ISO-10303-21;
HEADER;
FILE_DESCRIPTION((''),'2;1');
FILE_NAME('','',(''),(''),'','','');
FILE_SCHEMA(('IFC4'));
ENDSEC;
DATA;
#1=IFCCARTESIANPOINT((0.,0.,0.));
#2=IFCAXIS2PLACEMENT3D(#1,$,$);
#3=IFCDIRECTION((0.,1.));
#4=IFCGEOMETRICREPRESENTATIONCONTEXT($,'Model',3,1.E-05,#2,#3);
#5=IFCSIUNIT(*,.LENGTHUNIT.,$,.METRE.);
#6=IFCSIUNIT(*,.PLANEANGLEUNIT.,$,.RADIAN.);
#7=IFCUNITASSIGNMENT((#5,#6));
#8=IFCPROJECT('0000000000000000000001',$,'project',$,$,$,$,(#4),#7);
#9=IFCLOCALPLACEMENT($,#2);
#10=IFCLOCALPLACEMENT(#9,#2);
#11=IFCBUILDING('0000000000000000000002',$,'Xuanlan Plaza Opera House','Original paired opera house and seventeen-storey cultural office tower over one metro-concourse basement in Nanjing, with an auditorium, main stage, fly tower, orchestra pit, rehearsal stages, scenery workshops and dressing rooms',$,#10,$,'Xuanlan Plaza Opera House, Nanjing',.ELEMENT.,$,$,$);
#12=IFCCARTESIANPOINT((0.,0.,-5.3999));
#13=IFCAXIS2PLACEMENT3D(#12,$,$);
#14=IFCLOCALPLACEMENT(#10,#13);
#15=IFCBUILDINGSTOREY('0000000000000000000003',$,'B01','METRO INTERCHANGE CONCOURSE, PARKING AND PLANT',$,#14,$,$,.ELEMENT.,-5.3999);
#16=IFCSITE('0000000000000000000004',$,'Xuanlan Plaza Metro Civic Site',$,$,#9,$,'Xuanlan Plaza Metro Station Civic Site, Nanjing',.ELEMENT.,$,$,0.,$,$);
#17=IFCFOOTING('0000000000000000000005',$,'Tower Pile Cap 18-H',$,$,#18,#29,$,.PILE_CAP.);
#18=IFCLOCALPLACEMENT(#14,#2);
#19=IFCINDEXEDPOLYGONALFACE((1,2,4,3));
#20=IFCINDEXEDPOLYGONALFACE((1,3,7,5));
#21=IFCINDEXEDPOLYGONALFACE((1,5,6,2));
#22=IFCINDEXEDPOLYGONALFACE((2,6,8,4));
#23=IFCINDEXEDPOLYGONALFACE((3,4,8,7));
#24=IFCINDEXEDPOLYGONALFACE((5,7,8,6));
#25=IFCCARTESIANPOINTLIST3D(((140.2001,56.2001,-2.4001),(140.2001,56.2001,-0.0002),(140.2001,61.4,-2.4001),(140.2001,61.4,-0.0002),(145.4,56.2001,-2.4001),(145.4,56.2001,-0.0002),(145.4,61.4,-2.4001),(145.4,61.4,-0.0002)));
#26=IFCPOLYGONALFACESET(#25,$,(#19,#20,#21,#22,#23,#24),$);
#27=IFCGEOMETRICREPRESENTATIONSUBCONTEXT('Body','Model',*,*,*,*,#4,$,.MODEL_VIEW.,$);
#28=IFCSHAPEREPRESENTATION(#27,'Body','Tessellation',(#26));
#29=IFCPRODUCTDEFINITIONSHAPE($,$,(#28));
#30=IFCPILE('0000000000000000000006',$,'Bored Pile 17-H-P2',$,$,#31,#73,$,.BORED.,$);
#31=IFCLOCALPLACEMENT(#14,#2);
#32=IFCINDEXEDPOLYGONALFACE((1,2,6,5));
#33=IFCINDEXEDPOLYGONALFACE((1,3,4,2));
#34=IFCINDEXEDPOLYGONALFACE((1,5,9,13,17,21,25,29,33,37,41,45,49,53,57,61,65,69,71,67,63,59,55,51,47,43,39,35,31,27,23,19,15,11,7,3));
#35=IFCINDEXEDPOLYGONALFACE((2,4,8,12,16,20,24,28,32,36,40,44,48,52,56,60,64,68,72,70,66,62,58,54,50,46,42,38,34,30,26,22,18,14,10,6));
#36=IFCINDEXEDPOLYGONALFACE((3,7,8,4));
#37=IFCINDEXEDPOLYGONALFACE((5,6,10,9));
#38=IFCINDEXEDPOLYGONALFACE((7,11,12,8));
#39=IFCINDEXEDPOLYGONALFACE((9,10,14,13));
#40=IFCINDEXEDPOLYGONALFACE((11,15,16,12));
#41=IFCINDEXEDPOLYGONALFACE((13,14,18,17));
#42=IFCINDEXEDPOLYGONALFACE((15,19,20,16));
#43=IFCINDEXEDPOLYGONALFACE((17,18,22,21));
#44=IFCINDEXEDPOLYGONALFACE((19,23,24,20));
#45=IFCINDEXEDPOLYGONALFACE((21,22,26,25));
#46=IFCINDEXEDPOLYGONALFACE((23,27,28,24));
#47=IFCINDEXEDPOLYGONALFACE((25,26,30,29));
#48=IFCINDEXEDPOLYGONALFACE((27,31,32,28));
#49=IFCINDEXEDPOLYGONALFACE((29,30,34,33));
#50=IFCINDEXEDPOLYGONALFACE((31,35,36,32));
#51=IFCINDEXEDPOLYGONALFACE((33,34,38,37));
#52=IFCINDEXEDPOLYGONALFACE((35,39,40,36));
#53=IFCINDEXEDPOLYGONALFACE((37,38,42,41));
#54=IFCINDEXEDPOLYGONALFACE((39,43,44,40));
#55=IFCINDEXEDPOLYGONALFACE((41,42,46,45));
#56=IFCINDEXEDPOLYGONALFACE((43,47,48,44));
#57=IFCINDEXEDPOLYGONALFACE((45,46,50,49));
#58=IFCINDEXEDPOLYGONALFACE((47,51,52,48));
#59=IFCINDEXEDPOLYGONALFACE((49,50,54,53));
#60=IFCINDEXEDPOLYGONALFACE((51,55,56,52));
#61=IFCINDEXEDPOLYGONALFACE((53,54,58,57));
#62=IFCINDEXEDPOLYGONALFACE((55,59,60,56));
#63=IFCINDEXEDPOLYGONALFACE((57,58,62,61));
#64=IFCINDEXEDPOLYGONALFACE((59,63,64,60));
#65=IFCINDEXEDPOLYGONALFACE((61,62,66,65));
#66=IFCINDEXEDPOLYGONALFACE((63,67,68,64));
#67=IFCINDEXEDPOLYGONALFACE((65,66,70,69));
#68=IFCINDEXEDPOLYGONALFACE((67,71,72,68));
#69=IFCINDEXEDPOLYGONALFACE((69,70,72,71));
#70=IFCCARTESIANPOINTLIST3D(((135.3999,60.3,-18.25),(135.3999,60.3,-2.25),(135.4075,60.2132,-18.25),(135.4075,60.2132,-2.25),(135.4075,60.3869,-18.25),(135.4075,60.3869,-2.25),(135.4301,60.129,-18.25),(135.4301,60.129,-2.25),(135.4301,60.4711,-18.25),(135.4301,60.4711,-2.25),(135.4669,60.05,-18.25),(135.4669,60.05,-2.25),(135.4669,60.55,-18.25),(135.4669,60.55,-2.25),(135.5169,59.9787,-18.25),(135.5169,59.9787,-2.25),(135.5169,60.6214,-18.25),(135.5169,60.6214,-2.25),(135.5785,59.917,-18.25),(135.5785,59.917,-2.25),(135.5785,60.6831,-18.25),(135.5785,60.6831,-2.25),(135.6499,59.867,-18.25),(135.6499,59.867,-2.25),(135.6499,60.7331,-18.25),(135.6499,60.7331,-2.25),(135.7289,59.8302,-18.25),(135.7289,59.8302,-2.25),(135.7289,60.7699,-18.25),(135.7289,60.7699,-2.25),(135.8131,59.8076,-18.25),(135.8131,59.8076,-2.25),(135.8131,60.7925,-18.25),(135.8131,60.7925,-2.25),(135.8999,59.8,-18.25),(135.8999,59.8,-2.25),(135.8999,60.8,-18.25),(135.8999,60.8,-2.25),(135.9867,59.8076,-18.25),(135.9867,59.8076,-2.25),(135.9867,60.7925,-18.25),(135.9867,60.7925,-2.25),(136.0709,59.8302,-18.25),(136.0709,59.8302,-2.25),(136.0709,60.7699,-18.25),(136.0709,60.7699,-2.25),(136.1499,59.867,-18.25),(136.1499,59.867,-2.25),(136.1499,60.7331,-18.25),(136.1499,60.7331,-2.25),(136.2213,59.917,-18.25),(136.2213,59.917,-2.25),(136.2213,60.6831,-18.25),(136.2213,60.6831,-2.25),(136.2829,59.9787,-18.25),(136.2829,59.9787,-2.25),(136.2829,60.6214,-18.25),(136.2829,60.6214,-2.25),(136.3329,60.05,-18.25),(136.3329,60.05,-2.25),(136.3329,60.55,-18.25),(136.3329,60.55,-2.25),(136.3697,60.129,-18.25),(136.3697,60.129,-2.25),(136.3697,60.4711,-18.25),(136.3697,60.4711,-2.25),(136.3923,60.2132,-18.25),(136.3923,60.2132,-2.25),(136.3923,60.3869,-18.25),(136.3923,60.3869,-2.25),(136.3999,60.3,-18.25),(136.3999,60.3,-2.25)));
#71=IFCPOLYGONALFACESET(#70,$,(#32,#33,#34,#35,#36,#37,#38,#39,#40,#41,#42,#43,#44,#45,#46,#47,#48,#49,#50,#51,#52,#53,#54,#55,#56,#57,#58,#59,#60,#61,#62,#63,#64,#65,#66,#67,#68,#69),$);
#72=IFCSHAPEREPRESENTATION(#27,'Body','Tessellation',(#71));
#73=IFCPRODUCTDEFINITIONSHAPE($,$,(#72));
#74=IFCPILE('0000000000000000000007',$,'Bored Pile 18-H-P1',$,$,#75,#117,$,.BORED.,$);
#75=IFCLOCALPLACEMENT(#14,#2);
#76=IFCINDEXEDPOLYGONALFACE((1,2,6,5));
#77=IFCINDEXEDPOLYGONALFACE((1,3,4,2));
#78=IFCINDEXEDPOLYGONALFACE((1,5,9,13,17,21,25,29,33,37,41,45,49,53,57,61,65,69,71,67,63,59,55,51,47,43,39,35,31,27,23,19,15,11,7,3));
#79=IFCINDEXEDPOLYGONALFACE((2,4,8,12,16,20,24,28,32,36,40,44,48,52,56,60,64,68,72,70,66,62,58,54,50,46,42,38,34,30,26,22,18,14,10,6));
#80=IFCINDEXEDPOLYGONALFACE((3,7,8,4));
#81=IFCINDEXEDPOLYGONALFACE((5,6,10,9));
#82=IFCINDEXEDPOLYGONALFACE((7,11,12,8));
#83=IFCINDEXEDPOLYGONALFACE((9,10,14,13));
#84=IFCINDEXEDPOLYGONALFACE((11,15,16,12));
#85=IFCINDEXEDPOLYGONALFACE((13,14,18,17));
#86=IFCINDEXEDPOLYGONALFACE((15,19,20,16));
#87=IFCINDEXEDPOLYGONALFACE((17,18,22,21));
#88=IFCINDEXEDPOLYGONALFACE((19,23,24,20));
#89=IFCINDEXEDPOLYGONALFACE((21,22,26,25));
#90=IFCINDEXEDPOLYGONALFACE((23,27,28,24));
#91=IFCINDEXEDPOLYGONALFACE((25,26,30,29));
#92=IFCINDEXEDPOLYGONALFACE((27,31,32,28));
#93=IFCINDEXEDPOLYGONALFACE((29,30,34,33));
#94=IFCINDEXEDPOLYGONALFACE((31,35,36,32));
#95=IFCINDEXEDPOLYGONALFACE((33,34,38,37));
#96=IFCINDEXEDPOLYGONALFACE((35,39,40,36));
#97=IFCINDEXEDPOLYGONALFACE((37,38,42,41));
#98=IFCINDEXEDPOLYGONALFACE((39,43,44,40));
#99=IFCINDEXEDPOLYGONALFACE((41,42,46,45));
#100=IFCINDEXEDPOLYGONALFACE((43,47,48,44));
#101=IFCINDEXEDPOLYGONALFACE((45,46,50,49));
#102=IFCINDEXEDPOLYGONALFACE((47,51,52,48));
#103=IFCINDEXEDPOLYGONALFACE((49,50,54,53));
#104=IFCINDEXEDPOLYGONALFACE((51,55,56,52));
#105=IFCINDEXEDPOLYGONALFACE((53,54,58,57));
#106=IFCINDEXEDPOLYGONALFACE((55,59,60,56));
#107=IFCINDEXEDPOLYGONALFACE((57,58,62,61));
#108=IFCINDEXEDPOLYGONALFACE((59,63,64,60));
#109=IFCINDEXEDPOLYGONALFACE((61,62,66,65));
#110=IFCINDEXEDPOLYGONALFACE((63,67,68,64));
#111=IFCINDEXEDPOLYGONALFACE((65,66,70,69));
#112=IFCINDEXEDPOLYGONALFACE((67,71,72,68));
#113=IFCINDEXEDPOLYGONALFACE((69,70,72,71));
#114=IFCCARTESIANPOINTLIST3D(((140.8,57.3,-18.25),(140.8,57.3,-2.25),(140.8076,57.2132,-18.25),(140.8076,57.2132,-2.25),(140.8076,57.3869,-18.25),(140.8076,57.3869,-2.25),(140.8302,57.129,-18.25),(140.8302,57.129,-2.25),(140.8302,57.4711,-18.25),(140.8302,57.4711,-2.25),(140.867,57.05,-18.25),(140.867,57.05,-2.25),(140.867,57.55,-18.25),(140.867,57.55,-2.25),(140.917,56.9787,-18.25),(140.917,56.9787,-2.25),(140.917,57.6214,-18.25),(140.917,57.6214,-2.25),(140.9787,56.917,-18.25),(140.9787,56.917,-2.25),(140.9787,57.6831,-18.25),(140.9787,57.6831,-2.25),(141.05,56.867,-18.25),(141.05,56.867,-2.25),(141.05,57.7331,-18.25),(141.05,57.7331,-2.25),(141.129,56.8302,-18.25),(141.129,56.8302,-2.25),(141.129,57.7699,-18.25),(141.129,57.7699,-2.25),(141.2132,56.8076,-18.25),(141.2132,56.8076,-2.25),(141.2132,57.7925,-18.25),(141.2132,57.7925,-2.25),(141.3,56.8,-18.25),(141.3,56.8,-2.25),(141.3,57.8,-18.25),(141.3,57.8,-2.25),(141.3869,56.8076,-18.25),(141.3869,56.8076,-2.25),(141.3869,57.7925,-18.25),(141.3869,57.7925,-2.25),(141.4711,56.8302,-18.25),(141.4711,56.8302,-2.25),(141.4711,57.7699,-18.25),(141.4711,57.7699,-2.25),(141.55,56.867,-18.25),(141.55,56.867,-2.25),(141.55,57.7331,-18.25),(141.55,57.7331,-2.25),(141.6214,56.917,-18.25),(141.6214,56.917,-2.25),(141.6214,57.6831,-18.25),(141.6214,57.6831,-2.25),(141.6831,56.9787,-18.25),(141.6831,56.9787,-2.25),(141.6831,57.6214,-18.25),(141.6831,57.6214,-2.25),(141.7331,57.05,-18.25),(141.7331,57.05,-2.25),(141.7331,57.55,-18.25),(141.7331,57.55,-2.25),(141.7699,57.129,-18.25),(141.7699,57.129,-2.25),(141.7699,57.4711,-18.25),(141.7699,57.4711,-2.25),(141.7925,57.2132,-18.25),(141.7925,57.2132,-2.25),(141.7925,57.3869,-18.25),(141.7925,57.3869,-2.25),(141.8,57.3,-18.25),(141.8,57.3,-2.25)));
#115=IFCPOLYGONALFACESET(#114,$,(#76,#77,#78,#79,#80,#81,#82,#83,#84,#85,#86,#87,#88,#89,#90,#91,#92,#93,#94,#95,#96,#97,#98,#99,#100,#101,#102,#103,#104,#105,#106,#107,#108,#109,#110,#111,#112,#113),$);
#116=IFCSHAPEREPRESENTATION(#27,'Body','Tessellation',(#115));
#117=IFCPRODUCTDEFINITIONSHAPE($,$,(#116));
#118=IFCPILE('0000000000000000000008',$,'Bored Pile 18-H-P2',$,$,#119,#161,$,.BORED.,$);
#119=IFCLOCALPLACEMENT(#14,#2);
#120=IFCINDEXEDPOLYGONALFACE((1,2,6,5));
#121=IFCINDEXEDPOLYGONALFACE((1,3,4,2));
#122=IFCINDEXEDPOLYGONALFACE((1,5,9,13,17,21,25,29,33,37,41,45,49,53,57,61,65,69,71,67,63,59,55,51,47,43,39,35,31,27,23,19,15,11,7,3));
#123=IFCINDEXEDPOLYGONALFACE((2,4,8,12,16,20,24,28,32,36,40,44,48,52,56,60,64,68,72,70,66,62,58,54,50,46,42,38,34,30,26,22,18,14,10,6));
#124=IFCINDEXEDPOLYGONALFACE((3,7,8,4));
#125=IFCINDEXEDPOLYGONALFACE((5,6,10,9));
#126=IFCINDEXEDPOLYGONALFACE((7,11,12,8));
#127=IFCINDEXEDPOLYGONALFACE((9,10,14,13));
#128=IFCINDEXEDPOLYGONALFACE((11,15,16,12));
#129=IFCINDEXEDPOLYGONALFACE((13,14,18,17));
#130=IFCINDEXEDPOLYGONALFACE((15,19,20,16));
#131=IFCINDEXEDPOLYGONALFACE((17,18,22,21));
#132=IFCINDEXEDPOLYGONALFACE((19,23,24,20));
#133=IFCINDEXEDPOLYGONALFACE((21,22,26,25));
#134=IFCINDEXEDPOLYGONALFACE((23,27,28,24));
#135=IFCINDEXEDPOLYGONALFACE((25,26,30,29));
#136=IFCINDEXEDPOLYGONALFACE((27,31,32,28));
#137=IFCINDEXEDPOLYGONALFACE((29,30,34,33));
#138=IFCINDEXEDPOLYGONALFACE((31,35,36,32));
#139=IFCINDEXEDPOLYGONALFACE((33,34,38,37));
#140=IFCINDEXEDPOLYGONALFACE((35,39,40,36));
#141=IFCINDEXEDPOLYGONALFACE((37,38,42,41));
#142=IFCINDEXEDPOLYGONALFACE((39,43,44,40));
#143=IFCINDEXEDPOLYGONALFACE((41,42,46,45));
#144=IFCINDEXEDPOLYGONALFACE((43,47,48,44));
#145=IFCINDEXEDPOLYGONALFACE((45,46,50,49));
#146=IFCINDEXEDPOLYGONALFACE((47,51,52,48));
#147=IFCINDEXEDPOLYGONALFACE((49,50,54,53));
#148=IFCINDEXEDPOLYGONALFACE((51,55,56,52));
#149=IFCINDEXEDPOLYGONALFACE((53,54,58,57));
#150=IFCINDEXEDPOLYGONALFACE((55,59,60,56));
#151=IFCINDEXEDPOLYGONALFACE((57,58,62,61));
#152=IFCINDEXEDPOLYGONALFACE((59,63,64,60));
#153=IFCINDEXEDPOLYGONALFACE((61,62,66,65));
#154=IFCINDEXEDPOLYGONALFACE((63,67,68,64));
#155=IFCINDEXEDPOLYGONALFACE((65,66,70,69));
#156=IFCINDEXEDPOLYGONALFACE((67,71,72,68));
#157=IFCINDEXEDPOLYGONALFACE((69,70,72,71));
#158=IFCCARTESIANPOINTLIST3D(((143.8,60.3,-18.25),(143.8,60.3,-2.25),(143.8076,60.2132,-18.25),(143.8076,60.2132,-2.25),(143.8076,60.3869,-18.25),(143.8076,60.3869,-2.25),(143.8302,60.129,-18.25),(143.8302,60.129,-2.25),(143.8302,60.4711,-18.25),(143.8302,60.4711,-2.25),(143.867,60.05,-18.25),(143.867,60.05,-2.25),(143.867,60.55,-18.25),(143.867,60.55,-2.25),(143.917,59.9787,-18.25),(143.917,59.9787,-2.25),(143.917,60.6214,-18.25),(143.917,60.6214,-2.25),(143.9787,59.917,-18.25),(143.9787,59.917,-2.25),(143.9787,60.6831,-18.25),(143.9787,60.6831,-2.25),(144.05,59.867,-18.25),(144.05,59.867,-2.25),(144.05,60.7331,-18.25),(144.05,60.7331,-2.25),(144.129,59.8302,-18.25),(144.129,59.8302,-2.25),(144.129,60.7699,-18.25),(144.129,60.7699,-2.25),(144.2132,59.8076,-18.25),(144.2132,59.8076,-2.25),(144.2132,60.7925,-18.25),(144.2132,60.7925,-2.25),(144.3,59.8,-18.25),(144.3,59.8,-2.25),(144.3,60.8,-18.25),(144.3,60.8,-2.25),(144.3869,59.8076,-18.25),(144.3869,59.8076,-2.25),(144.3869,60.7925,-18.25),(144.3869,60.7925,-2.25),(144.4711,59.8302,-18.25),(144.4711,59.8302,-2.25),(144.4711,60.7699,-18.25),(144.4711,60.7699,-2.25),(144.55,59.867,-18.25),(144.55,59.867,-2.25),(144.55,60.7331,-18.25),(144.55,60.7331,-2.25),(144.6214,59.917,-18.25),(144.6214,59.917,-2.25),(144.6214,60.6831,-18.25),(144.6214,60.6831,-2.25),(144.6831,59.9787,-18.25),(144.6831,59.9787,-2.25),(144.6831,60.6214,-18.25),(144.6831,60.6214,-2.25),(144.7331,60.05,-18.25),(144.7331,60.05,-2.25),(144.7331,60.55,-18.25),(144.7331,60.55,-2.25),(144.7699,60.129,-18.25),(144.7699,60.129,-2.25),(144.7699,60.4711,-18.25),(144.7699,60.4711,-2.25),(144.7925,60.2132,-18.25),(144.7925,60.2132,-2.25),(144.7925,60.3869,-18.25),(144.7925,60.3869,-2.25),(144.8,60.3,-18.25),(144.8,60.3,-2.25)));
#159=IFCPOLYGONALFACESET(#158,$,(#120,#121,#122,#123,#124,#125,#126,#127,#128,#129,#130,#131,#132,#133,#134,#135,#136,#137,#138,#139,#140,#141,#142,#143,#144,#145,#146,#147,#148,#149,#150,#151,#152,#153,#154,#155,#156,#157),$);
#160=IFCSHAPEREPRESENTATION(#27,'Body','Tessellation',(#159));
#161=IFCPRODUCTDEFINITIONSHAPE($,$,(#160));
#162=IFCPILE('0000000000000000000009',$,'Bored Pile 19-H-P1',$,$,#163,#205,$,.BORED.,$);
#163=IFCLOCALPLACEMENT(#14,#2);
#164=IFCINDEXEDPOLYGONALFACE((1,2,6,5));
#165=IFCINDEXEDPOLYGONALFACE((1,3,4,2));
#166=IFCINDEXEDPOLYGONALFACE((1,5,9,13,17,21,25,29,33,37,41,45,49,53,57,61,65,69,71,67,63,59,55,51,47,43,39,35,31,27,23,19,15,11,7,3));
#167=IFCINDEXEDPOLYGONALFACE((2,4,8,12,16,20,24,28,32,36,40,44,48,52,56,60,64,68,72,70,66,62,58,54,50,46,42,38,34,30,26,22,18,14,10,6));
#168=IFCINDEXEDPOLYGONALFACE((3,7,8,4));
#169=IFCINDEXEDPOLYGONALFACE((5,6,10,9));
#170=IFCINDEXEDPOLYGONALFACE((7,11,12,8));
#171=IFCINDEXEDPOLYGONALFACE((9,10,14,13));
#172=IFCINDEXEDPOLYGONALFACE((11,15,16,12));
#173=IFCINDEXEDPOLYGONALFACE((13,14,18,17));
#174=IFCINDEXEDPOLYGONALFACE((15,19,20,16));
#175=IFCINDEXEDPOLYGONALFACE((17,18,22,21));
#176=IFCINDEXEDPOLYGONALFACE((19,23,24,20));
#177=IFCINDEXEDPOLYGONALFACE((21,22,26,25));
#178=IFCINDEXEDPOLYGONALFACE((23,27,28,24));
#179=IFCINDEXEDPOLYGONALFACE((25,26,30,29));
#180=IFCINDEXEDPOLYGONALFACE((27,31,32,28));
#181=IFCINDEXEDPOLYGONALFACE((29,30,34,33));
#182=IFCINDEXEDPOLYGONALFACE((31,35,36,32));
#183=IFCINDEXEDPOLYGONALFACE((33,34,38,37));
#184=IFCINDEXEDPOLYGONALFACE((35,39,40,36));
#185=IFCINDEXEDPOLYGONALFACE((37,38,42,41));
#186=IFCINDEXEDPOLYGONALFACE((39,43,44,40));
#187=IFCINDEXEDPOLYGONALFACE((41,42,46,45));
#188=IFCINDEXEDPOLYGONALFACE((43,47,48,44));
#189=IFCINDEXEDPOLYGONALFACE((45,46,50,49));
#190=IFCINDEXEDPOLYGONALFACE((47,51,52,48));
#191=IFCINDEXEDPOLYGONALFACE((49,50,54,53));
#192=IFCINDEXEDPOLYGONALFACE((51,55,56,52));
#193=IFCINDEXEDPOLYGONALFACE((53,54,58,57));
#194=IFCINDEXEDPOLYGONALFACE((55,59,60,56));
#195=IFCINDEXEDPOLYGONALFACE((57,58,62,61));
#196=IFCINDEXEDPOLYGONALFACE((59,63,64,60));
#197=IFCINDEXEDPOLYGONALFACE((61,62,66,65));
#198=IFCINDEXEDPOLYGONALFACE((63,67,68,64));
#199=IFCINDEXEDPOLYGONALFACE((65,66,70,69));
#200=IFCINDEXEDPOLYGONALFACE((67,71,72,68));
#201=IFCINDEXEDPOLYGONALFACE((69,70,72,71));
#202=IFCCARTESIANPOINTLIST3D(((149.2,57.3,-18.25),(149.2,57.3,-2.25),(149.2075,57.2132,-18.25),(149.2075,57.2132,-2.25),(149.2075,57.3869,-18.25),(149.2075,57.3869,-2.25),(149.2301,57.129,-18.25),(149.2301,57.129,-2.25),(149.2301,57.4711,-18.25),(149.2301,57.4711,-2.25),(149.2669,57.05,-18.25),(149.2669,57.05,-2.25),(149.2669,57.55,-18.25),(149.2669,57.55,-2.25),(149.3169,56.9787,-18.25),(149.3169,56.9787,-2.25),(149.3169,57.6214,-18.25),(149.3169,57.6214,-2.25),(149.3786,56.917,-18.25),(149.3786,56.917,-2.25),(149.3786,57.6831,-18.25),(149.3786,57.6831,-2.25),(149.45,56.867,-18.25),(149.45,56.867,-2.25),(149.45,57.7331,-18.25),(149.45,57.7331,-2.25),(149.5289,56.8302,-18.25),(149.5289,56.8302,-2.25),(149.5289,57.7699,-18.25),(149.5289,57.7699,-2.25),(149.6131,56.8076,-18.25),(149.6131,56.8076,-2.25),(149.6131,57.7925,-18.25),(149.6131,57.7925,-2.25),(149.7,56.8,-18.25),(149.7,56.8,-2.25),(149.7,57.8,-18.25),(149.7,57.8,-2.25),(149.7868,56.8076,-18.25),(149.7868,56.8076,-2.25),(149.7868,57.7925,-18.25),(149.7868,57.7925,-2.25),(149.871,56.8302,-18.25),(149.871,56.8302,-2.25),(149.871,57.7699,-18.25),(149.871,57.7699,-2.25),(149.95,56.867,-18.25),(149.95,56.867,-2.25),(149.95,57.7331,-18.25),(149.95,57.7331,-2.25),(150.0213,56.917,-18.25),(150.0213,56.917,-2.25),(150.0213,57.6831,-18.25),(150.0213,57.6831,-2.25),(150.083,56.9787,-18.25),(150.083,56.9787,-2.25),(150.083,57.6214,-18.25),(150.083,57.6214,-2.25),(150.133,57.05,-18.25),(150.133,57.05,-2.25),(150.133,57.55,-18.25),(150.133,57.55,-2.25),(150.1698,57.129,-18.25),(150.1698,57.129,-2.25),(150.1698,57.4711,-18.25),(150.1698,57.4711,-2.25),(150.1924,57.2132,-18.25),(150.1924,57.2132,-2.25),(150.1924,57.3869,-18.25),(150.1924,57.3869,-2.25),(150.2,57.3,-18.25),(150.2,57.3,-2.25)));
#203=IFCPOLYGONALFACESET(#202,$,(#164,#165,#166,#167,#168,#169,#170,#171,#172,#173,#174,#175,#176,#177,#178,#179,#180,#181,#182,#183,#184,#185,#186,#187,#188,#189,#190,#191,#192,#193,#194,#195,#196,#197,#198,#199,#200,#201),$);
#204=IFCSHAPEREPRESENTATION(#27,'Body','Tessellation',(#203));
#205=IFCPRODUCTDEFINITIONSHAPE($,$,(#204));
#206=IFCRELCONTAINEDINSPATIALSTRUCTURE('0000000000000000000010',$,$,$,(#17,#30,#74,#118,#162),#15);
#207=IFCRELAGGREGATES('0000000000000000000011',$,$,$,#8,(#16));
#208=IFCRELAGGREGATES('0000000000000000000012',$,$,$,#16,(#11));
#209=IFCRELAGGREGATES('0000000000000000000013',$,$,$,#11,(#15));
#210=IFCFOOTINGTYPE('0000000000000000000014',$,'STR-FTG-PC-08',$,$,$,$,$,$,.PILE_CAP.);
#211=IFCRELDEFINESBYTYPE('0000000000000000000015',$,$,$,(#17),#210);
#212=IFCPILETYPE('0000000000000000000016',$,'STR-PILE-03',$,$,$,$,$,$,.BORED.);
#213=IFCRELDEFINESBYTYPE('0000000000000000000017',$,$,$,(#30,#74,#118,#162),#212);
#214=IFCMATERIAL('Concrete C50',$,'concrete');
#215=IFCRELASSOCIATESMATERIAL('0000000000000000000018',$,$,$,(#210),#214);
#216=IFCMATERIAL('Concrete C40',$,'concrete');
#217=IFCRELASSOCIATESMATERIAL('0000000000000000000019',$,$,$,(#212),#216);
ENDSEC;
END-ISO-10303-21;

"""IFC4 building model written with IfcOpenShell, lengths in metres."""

from ifc_helpers import new_model, si_unit, direction, frame, origin, origin_2d, place, context, subcontext, project, spatial, rectangle, circle, extrude, material, material_profile, profile_set, type_object, element, save


model = new_model("IFC4")

# Units and contexts
model_context = context("Model", 3, precision=1e-05, world=origin(), true_north=direction((0.0, 1.0)))
body_context = subcontext(model_context, "Body", "Model", "MODEL_VIEW")
ifc_project = project(units=[si_unit("LENGTHUNIT", "METRE"), si_unit("PLANEANGLEUNIT", "RADIAN")], contexts=[model_context])

# Site, building, storey
site_placement = place(None, origin())
site = spatial("IfcSite", under=ifc_project, at=site_placement, Name="Xuanlan Plaza Metro Civic Site", LongName="Xuanlan Plaza Metro Station Civic Site, Nanjing", CompositionType="ELEMENT", RefElevation=0.0)
building_placement = place(site_placement, origin())
building = spatial("IfcBuilding", under=site, at=building_placement, Name="Xuanlan Plaza Opera House", Description="Original paired opera house and seventeen-storey cultural office tower over one metro-concourse basement in Nanjing, with an auditorium, main stage, fly tower, orchestra pit, rehearsal stages, scenery workshops and dressing rooms", LongName="Xuanlan Plaza Opera House, Nanjing", CompositionType="ELEMENT")
storey_placement = place(building_placement, frame((0.0, 0.0, -5.3999)))
storey = spatial("IfcBuildingStorey", under=building, at=storey_placement, Name="B01", Description="METRO INTERCHANGE CONCOURSE, PARKING AND PLANT", CompositionType="ELEMENT", Elevation=-5.3999)

# Footing
ifc_material_1 = material(Name="Concrete C50", Category="concrete")
footing_type = type_object("IfcFootingType", Name="STR-FTG-PC-08", PredefinedType="PILE_CAP", material=ifc_material_1)
footing_placement = place(storey_placement, frame((142.8, 58.8, -2.4001), z_axis=(0.0, 0.0, 1.0), x_axis=(1.0, 0.0, 0.0)))
element("IfcFooting", 1, at=footing_placement, inside=storey, type_object=footing_type, Name="Tower Pile Cap 18-H", PredefinedType="PILE_CAP", context=body_context, shape_type="SweptSolid", body=[
    extrude(rectangle(XDim=5.2, YDim=5.2, at=origin_2d()), origin(), (0.0, 0.0, 1.0), 2.3999),
])

# Piles
ifc_material_2 = material(Name="Concrete C40", Category="concrete")
ifc_material_profile_1 = material_profile(ifc_material_2, circle(Radius=0.5, at=origin_2d()), Name="PILE D1000")
ifc_profile_set_1 = profile_set([ifc_material_profile_1], Name="Concrete C40")
pile_type = type_object("IfcPileType", Name="STR-PILE-03", PredefinedType="BORED", material=ifc_profile_set_1)
for number, where, z_axis, x_axis, name in (
    (2, (135.8999, 60.3, -2.25), (0.0, 0.0, -1.0), (1.0, 0.0, 0.0), "Bored Pile 17-H-P2"),
    (3, (141.3, 57.3, -2.25), (0.0, 0.0, -1.0), (1.0, 0.0, 0.0), "Bored Pile 18-H-P1"),
    (4, (144.3, 60.3, -2.25), (0.0, 0.0, -1.0), (1.0, 0.0, 0.0), "Bored Pile 18-H-P2"),
    (5, (149.7, 57.3, -2.25), (0.0, 0.0, -1.0), (1.0, 0.0, 0.0), "Bored Pile 19-H-P1"),
):
    element("IfcPile", number, at=place(storey_placement, frame(where, z_axis=z_axis, x_axis=x_axis)), inside=storey, type_object=pile_type, Name=name, PredefinedType="BORED", context=body_context, shape_type="SweptSolid", body=[
        extrude(circle(Radius=0.5, at=origin_2d()), origin(), (0.0, 0.0, 1.0), 16.0),
    ])

save(model, "model.ifc")
